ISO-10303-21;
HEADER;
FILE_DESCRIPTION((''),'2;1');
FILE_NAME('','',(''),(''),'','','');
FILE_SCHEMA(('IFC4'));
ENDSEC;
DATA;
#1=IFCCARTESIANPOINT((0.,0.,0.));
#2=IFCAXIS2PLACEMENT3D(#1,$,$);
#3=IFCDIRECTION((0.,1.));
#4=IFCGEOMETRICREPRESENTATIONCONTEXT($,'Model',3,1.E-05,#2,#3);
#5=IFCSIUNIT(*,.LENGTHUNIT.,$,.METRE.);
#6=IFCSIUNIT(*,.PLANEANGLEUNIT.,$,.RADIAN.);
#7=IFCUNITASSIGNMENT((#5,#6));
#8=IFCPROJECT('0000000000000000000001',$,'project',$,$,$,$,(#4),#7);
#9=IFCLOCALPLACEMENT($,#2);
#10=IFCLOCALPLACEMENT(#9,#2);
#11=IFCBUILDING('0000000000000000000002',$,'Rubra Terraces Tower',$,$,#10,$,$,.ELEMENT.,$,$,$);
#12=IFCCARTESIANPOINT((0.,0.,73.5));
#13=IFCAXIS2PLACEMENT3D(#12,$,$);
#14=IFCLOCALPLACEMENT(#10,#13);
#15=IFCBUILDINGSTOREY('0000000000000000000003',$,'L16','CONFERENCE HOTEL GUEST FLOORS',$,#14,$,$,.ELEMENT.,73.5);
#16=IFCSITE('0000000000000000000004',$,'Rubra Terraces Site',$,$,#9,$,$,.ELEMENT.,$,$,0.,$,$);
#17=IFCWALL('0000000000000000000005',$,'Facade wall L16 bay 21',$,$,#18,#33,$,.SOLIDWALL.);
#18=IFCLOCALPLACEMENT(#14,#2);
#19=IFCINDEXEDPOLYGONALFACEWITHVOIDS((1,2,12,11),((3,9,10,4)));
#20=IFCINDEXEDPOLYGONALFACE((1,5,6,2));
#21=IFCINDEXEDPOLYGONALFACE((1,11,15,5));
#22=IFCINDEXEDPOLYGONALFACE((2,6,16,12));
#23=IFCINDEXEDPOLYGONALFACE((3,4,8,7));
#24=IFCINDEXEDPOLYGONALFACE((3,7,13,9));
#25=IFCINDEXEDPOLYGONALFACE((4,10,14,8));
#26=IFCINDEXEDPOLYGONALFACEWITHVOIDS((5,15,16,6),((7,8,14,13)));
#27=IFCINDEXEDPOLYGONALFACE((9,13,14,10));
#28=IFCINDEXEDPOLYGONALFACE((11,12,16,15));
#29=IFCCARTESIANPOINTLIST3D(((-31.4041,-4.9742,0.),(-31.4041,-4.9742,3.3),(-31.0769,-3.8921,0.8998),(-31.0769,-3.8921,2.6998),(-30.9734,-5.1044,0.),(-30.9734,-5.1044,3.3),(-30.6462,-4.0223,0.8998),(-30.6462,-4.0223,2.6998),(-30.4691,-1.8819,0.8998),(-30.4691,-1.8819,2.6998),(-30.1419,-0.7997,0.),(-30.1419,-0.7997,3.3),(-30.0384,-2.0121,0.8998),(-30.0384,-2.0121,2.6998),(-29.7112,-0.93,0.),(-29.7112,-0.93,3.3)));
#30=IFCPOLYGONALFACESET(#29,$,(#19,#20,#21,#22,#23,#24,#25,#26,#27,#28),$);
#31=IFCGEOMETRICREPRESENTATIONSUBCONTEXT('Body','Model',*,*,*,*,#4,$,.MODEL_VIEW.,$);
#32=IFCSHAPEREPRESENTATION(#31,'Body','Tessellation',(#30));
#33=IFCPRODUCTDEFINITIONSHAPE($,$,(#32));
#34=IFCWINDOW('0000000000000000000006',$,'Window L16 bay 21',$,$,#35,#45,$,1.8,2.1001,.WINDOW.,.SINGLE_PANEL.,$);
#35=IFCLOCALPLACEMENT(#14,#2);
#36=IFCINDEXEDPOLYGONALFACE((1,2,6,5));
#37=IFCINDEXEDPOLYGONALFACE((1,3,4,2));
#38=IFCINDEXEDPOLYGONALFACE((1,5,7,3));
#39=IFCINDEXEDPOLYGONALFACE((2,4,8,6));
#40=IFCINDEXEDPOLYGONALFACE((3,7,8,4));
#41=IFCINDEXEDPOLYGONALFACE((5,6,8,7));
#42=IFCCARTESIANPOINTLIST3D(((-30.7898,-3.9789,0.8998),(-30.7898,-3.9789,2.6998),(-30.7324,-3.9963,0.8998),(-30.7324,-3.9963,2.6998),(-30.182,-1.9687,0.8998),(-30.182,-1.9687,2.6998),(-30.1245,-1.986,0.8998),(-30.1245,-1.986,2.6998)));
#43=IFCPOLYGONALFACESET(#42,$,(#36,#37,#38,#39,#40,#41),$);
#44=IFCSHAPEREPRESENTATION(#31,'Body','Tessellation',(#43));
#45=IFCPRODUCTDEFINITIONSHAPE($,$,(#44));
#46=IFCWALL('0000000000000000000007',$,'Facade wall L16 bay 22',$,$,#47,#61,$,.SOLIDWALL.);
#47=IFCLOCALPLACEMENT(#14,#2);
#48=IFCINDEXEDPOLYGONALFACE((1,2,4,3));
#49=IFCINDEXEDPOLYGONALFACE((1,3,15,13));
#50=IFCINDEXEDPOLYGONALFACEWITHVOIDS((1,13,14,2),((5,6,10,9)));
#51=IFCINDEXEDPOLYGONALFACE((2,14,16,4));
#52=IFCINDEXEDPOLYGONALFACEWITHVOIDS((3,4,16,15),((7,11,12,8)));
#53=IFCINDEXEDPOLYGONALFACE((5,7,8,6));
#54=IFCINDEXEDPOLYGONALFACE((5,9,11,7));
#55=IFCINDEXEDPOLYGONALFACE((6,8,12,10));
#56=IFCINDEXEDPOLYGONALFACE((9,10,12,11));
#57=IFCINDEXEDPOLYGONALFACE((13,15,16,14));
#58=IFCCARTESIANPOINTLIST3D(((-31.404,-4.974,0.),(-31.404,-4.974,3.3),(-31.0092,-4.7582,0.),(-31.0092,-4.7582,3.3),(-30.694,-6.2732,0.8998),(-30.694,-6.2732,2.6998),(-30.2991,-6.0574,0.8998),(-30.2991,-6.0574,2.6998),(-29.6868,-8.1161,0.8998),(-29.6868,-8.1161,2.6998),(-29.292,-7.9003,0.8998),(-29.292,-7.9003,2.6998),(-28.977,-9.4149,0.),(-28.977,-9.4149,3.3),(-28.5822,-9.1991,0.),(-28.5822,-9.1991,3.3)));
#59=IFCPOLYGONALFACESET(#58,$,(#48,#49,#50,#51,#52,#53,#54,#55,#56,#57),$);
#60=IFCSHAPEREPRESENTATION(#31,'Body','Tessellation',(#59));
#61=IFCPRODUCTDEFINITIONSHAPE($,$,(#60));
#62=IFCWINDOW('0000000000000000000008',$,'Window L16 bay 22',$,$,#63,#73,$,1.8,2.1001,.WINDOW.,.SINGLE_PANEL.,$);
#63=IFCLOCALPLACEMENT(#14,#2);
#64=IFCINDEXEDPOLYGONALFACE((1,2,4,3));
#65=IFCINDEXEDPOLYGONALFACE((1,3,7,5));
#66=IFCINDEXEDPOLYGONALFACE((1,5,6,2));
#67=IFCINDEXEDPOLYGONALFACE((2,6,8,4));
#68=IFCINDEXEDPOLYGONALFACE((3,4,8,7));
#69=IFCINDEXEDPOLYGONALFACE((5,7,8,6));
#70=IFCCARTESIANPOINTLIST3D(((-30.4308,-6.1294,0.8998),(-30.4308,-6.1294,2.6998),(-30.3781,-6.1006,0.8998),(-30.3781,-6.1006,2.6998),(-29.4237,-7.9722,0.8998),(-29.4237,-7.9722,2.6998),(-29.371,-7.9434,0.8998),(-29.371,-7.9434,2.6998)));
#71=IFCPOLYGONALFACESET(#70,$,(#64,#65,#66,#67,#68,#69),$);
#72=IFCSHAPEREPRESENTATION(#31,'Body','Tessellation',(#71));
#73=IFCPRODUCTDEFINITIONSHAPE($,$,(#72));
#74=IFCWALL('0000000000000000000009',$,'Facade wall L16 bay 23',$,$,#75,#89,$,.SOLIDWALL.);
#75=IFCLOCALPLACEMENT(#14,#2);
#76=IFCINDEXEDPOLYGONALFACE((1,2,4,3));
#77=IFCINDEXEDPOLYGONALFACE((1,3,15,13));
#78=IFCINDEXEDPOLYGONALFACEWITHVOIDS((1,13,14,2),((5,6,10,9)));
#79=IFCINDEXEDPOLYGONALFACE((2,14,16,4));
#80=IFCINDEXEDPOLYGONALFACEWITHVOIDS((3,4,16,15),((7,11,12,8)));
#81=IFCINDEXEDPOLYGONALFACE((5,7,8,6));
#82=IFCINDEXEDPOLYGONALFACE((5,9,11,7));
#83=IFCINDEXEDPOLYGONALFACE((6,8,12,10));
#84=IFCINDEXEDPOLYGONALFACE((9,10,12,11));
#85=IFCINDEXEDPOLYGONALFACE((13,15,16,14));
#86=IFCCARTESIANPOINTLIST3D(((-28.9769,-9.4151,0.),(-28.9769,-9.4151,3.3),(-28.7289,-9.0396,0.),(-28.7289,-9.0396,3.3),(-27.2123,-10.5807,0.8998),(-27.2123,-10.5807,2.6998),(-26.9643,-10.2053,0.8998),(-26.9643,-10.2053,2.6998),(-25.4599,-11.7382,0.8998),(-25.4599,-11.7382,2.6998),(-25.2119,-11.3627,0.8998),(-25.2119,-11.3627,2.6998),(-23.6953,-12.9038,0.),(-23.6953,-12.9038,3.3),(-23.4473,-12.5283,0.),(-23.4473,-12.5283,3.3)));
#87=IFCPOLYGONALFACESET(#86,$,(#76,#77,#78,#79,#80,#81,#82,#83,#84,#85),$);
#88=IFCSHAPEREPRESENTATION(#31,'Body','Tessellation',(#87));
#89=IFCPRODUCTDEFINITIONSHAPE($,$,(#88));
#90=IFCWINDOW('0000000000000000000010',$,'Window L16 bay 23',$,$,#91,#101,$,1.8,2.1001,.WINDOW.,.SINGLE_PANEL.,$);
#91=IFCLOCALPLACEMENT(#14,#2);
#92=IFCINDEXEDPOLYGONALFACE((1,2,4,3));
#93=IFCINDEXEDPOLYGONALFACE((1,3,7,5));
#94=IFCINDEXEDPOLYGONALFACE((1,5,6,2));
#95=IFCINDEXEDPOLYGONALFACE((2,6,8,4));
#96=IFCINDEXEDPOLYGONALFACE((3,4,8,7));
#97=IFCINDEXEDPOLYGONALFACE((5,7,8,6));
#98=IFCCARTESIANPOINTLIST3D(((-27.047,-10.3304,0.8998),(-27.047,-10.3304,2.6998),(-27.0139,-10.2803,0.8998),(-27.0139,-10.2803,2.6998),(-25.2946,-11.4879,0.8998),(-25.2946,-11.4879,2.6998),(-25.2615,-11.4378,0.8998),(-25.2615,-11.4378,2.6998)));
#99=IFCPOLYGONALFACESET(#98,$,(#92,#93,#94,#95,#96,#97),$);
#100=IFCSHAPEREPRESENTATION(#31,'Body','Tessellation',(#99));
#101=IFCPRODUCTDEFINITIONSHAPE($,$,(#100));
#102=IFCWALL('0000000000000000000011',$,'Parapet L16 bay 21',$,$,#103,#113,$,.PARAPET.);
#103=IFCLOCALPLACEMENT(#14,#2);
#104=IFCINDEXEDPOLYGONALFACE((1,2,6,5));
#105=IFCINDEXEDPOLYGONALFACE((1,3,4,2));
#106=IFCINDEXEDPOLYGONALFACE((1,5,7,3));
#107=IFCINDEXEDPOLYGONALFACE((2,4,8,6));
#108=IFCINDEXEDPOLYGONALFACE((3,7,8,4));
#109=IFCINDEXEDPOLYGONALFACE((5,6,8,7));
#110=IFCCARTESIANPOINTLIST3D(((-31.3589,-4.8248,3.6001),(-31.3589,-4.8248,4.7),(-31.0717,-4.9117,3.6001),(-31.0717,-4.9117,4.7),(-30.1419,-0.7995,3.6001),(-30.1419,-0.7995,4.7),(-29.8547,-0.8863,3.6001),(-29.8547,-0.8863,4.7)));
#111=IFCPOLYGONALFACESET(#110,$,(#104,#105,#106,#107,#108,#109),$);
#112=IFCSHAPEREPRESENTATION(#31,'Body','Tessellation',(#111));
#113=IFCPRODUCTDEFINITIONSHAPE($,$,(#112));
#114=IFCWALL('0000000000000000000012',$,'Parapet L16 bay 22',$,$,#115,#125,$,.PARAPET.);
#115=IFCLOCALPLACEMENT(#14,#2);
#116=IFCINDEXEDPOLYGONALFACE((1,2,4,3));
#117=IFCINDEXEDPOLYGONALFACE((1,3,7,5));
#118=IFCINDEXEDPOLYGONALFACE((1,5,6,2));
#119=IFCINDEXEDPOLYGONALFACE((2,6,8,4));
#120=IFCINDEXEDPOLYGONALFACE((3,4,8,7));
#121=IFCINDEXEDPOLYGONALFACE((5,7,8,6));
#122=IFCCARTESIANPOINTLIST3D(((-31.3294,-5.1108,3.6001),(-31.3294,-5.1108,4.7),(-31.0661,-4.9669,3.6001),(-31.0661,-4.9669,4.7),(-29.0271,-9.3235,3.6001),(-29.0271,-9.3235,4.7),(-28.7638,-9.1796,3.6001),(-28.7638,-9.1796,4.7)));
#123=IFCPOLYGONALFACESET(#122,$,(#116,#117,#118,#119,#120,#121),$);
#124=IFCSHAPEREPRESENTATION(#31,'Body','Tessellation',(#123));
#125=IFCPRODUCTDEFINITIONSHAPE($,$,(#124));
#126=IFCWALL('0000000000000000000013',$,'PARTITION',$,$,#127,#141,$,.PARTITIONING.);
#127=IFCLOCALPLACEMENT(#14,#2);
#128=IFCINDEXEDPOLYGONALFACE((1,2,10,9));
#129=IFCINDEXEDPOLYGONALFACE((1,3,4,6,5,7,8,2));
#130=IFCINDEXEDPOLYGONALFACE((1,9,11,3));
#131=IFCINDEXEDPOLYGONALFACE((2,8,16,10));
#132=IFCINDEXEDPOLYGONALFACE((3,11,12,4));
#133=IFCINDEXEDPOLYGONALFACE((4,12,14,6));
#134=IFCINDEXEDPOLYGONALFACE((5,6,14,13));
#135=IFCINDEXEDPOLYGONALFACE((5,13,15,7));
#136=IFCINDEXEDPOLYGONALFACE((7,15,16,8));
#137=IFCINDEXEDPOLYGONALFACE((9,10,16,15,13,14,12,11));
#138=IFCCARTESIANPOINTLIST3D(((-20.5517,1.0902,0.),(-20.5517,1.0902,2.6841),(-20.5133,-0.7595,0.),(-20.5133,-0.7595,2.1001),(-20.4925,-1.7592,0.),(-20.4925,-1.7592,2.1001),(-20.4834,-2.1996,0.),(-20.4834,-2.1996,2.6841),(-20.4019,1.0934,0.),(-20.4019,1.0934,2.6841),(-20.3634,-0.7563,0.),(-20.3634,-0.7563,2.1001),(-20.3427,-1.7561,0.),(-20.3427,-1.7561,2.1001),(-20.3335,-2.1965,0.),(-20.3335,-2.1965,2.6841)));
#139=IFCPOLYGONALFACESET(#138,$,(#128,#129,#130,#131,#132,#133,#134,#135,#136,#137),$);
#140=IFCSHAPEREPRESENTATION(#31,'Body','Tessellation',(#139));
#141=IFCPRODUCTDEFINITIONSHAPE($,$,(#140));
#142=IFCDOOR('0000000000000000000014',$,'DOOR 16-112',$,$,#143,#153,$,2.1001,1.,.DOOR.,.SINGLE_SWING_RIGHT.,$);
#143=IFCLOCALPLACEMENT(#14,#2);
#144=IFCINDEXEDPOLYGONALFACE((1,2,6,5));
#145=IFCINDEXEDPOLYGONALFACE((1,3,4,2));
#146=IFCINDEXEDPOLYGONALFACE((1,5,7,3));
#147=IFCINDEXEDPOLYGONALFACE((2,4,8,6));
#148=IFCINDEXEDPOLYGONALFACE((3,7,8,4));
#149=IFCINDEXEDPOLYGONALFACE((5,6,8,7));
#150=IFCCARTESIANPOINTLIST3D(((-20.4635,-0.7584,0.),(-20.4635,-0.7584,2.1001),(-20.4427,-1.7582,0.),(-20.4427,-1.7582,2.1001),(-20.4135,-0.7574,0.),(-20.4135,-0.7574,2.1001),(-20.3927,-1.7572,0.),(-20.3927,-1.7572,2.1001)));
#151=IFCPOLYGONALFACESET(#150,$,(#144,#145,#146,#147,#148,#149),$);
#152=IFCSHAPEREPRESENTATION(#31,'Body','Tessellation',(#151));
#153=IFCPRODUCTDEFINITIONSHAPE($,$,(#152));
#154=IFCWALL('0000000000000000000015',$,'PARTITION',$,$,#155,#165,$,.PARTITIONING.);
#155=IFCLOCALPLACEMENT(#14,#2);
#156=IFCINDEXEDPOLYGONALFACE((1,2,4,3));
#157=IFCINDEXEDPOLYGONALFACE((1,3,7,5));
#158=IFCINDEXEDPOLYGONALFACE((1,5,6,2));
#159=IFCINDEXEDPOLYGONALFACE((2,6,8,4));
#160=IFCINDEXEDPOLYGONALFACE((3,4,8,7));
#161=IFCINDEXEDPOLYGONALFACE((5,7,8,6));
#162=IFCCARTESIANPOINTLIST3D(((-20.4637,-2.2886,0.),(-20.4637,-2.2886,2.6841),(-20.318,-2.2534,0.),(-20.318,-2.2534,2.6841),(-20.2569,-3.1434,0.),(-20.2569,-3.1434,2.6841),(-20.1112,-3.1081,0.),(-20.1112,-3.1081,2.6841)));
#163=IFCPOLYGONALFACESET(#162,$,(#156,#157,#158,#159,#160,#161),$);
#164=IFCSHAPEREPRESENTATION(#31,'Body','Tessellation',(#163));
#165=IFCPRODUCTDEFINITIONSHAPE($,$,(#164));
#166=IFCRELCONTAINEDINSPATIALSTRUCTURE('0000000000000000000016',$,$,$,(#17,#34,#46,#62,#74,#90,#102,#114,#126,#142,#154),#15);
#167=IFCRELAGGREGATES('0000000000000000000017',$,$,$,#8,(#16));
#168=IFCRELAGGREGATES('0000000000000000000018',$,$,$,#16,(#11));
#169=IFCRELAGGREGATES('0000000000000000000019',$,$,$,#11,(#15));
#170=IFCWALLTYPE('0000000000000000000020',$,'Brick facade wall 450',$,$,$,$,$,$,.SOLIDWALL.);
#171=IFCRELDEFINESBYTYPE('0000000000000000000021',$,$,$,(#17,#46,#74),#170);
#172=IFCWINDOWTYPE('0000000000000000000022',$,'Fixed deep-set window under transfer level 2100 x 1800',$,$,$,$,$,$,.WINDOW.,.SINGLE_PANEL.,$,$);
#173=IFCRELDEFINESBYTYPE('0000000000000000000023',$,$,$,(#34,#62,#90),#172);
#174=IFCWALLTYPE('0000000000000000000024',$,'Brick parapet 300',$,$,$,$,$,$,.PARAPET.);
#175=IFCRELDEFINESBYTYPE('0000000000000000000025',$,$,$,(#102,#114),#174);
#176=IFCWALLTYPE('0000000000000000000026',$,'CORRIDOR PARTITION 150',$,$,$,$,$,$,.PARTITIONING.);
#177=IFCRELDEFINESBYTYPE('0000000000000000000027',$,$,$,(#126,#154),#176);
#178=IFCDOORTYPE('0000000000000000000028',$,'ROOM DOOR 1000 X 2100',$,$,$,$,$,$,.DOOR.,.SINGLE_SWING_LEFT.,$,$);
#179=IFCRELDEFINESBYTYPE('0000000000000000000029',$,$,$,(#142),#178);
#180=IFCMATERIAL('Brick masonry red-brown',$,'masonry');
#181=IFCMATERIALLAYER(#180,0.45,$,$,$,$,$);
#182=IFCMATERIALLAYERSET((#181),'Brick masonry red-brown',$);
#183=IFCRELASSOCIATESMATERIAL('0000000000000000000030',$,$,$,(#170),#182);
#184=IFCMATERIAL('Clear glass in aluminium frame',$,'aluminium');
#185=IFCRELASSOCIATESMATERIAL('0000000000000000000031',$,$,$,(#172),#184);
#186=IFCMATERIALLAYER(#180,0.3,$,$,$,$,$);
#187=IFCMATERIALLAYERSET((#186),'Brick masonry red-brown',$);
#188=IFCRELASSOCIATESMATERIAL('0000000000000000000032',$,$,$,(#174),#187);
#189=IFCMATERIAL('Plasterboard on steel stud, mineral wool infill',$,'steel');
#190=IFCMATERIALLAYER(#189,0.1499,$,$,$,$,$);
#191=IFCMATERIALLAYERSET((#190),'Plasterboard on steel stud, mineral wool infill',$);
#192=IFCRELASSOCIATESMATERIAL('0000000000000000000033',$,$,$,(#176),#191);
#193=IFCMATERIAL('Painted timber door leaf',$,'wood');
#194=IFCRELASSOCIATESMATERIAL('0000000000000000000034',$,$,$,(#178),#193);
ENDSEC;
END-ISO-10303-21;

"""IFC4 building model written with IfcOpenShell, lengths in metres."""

from ifc_helpers import new_model, si_unit, direction, frame, frame_2d, origin, place, context, subcontext, project, spatial, rectangle, extrude, material, layer, layer_set, type_object, element, fill, save


model = new_model("IFC4")

# Units and contexts
model_context = context("Model", 3, precision=1e-05, world=origin(), true_north=direction((0.0, 1.0)))
body_context = subcontext(model_context, "Body", "Model", "MODEL_VIEW")
ifc_project = project(units=[si_unit("LENGTHUNIT", "METRE"), si_unit("PLANEANGLEUNIT", "RADIAN")], contexts=[model_context])

# Site, building, storey
site_placement = place(None, origin())
site = spatial("IfcSite", under=ifc_project, at=site_placement, Name="Rubra Terraces Site", CompositionType="ELEMENT", RefElevation=0.0)
building_placement = place(site_placement, origin())
building = spatial("IfcBuilding", under=site, at=building_placement, Name="Rubra Terraces Tower", CompositionType="ELEMENT")
storey_placement = place(building_placement, frame((0.0, 0.0, 73.5)))
storey = spatial("IfcBuildingStorey", under=building, at=storey_placement, Name="L16", Description="CONFERENCE HOTEL GUEST FLOORS", CompositionType="ELEMENT", Elevation=73.5)

# Walls, openings, windows
ifc_material_1 = material(Name="Brick masonry red-brown", Category="masonry")
ifc_layer_1 = layer(ifc_material_1, 0.45)
ifc_layer_set_1 = layer_set([ifc_layer_1], Name="Brick masonry red-brown")
wall_type_1 = type_object("IfcWallType", Name="Brick facade wall 450", PredefinedType="SOLIDWALL", material=ifc_layer_set_1)
wall_1_placement = place(storey_placement, frame((-29.9265, -0.8647, 0.0), z_axis=(0.0, 0.0, 1.0), x_axis=(-0.289432, -0.957198, 0.0)))
wall_1 = element("IfcWall", 1, at=wall_1_placement, inside=storey, type_object=wall_type_1, Name="Facade wall L16 bay 21", PredefinedType="SOLIDWALL", context=body_context, shape_type="SweptSolid", body=[
    extrude(rectangle(XDim=4.3611, YDim=0.45, at=frame_2d((2.1807, 0.0))), origin(), (0.0, 0.0, 1.0), 3.3),
])
opening_1_placement = place(wall_1_placement, frame((1.1306, 0.0, 0.8999)))
opening_1 = element("IfcOpeningElement", 2, at=opening_1_placement, cuts=wall_1, PredefinedType="OPENING", context=body_context, shape_type="SweptSolid", body=[
    extrude(rectangle(XDim=2.1001, YDim=1.8, at=frame_2d((1.05, 0.8999))), frame((0.0, 0.2349, 0.0), z_axis=(0.0, -1.0, 0.0), x_axis=(1.0, 0.0, 0.0)), (0.0, 0.0, 1.0), 0.47),
])
ifc_material_2 = material(Name="Clear glass in aluminium frame", Category="aluminium")
window_type = type_object("IfcWindowType", Name="Fixed deep-set window under transfer level 2100 x 1800", PartitioningType="SINGLE_PANEL", PredefinedType="WINDOW", material=ifc_material_2)
window_1_placement = place(opening_1_placement, origin())
window_1 = element("IfcWindow", 3, at=window_1_placement, inside=storey, type_object=window_type, Name="Window L16 bay 21", OverallHeight=1.8, OverallWidth=2.1001, PartitioningType="SINGLE_PANEL", PredefinedType="WINDOW", context=body_context, shape_type="SweptSolid", body=[
    extrude(rectangle(XDim=2.1001, YDim=1.8, at=frame_2d((1.05, 0.8999))), frame((0.0, 0.135, 0.0), z_axis=(0.0, -1.0, 0.0), x_axis=(1.0, 0.0, 0.0)), (0.0, 0.0, 1.0), 0.0601),
])
fill(opening_1, window_1)
wall_2_placement = place(storey_placement, frame((-31.2065, -4.8662, 0.0), z_axis=(0.0, 0.0, 1.0), x_axis=(0.479565, -0.877506, 0.0)))
wall_2 = element("IfcWall", 4, at=wall_2_placement, inside=storey, type_object=wall_type_1, Name="Facade wall L16 bay 22", PredefinedType="SOLIDWALL", context=body_context, shape_type="SweptSolid", body=[
    extrude(rectangle(XDim=5.0608, YDim=0.45, at=frame_2d((2.5303, 0.0))), origin(), (0.0, 0.0, 1.0), 3.3),
])
opening_2_placement = place(wall_2_placement, frame((1.4805, 0.0, 0.8999)))
opening_2 = element("IfcOpeningElement", 5, at=opening_2_placement, cuts=wall_2, PredefinedType="OPENING", context=body_context, shape_type="SweptSolid", body=[
    extrude(rectangle(XDim=2.1001, YDim=1.8, at=frame_2d((1.05, 0.8999))), frame((0.0, 0.2349, 0.0), z_axis=(0.0, -1.0, 0.0), x_axis=(1.0, 0.0, 0.0)), (0.0, 0.0, 1.0), 0.47),
])
window_2_placement = place(opening_2_placement, origin())
window_2 = element("IfcWindow", 6, at=window_2_placement, inside=storey, type_object=window_type, Name="Window L16 bay 22", OverallHeight=1.8, OverallWidth=2.1001, PartitioningType="SINGLE_PANEL", PredefinedType="WINDOW", context=body_context, shape_type="SweptSolid", body=[
    extrude(rectangle(XDim=2.1001, YDim=1.8, at=frame_2d((1.05, 0.8999))), frame((0.0, 0.135, 0.0), z_axis=(0.0, -1.0, 0.0), x_axis=(1.0, 0.0, 0.0)), (0.0, 0.0, 1.0), 0.0601),
])
fill(opening_2, window_2)
wall_3_placement = place(storey_placement, frame((-28.853, -9.2273, 0.0), z_axis=(0.0, 0.0, 1.0), x_axis=(0.834404, -0.551153, 0.0)))
wall_3 = element("IfcWall", 7, at=wall_3_placement, inside=storey, type_object=wall_type_1, Name="Facade wall L16 bay 23", PredefinedType="SOLIDWALL", context=body_context, shape_type="SweptSolid", body=[
    extrude(rectangle(XDim=6.3298, YDim=0.45, at=frame_2d((3.165, 0.0))), origin(), (0.0, 0.0, 1.0), 3.3),
])
opening_3_placement = place(wall_3_placement, frame((2.115, 0.0, 0.8999)))
opening_3 = element("IfcOpeningElement", 8, at=opening_3_placement, cuts=wall_3, PredefinedType="OPENING", context=body_context, shape_type="SweptSolid", body=[
    extrude(rectangle(XDim=2.1001, YDim=1.8, at=frame_2d((1.05, 0.8999))), frame((0.0, 0.2349, 0.0), z_axis=(0.0, -1.0, 0.0), x_axis=(1.0, 0.0, 0.0)), (0.0, 0.0, 1.0), 0.47),
])
window_3_placement = place(opening_3_placement, origin())
window_3 = element("IfcWindow", 9, at=window_3_placement, inside=storey, type_object=window_type, Name="Window L16 bay 23", OverallHeight=1.8, OverallWidth=2.1001, PartitioningType="SINGLE_PANEL", PredefinedType="WINDOW", context=body_context, shape_type="SweptSolid", body=[
    extrude(rectangle(XDim=2.1001, YDim=1.8, at=frame_2d((1.05, 0.8999))), frame((0.0, 0.135, 0.0), z_axis=(0.0, -1.0, 0.0), x_axis=(1.0, 0.0, 0.0)), (0.0, 0.0, 1.0), 0.0601),
])
fill(opening_3, window_3)

# Walls
ifc_layer_2 = layer(ifc_material_1, 0.3)
ifc_layer_set_2 = layer_set([ifc_layer_2], Name="Brick masonry red-brown")
wall_type_2 = type_object("IfcWallType", Name="Brick parapet 300", PredefinedType="PARAPET", material=ifc_layer_set_2)
wall_4_placement = place(storey_placement, frame((-29.9983, -0.843, 3.6001), z_axis=(0.0, 0.0, 1.0), x_axis=(-0.289403, -0.957207, 0.0)))
element("IfcWall", 10, at=wall_4_placement, inside=storey, type_object=wall_type_2, Name="Parapet L16 bay 21", PredefinedType="PARAPET", context=body_context, shape_type="SweptSolid", body=[
    extrude(rectangle(XDim=4.2053, YDim=0.3, at=frame_2d((2.1025, 0.0))), origin(), (0.0, 0.0, 1.0), 1.0999),
])
wall_5_placement = place(storey_placement, frame((-31.1978, -5.0388, 3.6001), z_axis=(0.0, 0.0, 1.0), x_axis=(0.479565, -0.877507, 0.0)))
element("IfcWall", 11, at=wall_5_placement, inside=storey, type_object=wall_type_2, Name="Parapet L16 bay 22", PredefinedType="PARAPET", context=body_context, shape_type="SweptSolid", body=[
    extrude(rectangle(XDim=4.8008, YDim=0.3, at=frame_2d((2.4004, 0.0))), origin(), (0.0, 0.0, 1.0), 1.0999),
])

# Wall, opening, door
ifc_material_3 = material(Name="Plasterboard on steel stud, mineral wool infill", Category="steel")
ifc_layer_3 = layer(ifc_material_3, 0.1499)
ifc_layer_set_3 = layer_set([ifc_layer_3], Name="Plasterboard on steel stud, mineral wool infill")
wall_type_3 = type_object("IfcWallType", Name="CORRIDOR PARTITION 150", PredefinedType="PARTITIONING", material=ifc_layer_set_3)
wall_6_placement = place(storey_placement, frame((-20.4768, 1.0918, 0.0), z_axis=(0.0, 0.0, 1.0), x_axis=(0.020775, -0.999784, 0.0)))
wall_6 = element("IfcWall", 12, at=wall_6_placement, inside=storey, type_object=wall_type_3, Name="PARTITION", PredefinedType="PARTITIONING", context=body_context, shape_type="SweptSolid", body=[
    extrude(rectangle(XDim=3.2905, YDim=0.1499, at=frame_2d((1.6453, 0.0))), origin(), (0.0, 0.0, 1.0), 2.6841),
])
opening_4_placement = place(wall_6_placement, frame((1.8501, 0.0, 0.0)))
opening_4 = element("IfcOpeningElement", 13, at=opening_4_placement, cuts=wall_6, PredefinedType="OPENING", context=body_context, shape_type="SweptSolid", body=[
    extrude(rectangle(XDim=1.0, YDim=2.1001, at=frame_2d((0.5, 1.05))), frame((0.0, 0.085, 0.0), z_axis=(0.0, -1.0, 0.0), x_axis=(1.0, 0.0, 0.0)), (0.0, 0.0, 1.0), 0.1699),
])
ifc_material_4 = material(Name="Painted timber door leaf", Category="wood")
door_type_1 = type_object("IfcDoorType", Name="ROOM DOOR 1000 X 2100", OperationType="SINGLE_SWING_LEFT", PredefinedType="DOOR", material=ifc_material_4)
door_1_placement = place(opening_4_placement, origin())
door_1 = element("IfcDoor", 14, at=door_1_placement, inside=storey, type_object=door_type_1, Name="DOOR 16-112", OperationType="SINGLE_SWING_RIGHT", OverallHeight=2.1001, OverallWidth=1.0, PredefinedType="DOOR", context=body_context, shape_type="SweptSolid", body=[
    extrude(rectangle(XDim=1.0, YDim=2.1001, at=frame_2d((0.5, 1.05))), frame((0.0, 0.0249, 0.0), z_axis=(0.0, -1.0, 0.0), x_axis=(1.0, 0.0, 0.0)), (0.0, 0.0, 1.0), 0.05),
])
fill(opening_4, door_1)

# Wall
wall_7_placement = place(storey_placement, frame((-20.3909, -2.271, 0.0), z_axis=(0.0, 0.0, 1.0), x_axis=(0.235147, -0.97196, 0.0)))
element("IfcWall", 15, at=wall_7_placement, inside=storey, type_object=wall_type_3, Name="PARTITION", PredefinedType="PARTITIONING", context=body_context, shape_type="SweptSolid", body=[
    extrude(rectangle(XDim=0.8794, YDim=0.1499, at=frame_2d((0.4397, 0.0))), origin(), (0.0, 0.0, 1.0), 2.6841),
])

save(model, "model.ifc")
